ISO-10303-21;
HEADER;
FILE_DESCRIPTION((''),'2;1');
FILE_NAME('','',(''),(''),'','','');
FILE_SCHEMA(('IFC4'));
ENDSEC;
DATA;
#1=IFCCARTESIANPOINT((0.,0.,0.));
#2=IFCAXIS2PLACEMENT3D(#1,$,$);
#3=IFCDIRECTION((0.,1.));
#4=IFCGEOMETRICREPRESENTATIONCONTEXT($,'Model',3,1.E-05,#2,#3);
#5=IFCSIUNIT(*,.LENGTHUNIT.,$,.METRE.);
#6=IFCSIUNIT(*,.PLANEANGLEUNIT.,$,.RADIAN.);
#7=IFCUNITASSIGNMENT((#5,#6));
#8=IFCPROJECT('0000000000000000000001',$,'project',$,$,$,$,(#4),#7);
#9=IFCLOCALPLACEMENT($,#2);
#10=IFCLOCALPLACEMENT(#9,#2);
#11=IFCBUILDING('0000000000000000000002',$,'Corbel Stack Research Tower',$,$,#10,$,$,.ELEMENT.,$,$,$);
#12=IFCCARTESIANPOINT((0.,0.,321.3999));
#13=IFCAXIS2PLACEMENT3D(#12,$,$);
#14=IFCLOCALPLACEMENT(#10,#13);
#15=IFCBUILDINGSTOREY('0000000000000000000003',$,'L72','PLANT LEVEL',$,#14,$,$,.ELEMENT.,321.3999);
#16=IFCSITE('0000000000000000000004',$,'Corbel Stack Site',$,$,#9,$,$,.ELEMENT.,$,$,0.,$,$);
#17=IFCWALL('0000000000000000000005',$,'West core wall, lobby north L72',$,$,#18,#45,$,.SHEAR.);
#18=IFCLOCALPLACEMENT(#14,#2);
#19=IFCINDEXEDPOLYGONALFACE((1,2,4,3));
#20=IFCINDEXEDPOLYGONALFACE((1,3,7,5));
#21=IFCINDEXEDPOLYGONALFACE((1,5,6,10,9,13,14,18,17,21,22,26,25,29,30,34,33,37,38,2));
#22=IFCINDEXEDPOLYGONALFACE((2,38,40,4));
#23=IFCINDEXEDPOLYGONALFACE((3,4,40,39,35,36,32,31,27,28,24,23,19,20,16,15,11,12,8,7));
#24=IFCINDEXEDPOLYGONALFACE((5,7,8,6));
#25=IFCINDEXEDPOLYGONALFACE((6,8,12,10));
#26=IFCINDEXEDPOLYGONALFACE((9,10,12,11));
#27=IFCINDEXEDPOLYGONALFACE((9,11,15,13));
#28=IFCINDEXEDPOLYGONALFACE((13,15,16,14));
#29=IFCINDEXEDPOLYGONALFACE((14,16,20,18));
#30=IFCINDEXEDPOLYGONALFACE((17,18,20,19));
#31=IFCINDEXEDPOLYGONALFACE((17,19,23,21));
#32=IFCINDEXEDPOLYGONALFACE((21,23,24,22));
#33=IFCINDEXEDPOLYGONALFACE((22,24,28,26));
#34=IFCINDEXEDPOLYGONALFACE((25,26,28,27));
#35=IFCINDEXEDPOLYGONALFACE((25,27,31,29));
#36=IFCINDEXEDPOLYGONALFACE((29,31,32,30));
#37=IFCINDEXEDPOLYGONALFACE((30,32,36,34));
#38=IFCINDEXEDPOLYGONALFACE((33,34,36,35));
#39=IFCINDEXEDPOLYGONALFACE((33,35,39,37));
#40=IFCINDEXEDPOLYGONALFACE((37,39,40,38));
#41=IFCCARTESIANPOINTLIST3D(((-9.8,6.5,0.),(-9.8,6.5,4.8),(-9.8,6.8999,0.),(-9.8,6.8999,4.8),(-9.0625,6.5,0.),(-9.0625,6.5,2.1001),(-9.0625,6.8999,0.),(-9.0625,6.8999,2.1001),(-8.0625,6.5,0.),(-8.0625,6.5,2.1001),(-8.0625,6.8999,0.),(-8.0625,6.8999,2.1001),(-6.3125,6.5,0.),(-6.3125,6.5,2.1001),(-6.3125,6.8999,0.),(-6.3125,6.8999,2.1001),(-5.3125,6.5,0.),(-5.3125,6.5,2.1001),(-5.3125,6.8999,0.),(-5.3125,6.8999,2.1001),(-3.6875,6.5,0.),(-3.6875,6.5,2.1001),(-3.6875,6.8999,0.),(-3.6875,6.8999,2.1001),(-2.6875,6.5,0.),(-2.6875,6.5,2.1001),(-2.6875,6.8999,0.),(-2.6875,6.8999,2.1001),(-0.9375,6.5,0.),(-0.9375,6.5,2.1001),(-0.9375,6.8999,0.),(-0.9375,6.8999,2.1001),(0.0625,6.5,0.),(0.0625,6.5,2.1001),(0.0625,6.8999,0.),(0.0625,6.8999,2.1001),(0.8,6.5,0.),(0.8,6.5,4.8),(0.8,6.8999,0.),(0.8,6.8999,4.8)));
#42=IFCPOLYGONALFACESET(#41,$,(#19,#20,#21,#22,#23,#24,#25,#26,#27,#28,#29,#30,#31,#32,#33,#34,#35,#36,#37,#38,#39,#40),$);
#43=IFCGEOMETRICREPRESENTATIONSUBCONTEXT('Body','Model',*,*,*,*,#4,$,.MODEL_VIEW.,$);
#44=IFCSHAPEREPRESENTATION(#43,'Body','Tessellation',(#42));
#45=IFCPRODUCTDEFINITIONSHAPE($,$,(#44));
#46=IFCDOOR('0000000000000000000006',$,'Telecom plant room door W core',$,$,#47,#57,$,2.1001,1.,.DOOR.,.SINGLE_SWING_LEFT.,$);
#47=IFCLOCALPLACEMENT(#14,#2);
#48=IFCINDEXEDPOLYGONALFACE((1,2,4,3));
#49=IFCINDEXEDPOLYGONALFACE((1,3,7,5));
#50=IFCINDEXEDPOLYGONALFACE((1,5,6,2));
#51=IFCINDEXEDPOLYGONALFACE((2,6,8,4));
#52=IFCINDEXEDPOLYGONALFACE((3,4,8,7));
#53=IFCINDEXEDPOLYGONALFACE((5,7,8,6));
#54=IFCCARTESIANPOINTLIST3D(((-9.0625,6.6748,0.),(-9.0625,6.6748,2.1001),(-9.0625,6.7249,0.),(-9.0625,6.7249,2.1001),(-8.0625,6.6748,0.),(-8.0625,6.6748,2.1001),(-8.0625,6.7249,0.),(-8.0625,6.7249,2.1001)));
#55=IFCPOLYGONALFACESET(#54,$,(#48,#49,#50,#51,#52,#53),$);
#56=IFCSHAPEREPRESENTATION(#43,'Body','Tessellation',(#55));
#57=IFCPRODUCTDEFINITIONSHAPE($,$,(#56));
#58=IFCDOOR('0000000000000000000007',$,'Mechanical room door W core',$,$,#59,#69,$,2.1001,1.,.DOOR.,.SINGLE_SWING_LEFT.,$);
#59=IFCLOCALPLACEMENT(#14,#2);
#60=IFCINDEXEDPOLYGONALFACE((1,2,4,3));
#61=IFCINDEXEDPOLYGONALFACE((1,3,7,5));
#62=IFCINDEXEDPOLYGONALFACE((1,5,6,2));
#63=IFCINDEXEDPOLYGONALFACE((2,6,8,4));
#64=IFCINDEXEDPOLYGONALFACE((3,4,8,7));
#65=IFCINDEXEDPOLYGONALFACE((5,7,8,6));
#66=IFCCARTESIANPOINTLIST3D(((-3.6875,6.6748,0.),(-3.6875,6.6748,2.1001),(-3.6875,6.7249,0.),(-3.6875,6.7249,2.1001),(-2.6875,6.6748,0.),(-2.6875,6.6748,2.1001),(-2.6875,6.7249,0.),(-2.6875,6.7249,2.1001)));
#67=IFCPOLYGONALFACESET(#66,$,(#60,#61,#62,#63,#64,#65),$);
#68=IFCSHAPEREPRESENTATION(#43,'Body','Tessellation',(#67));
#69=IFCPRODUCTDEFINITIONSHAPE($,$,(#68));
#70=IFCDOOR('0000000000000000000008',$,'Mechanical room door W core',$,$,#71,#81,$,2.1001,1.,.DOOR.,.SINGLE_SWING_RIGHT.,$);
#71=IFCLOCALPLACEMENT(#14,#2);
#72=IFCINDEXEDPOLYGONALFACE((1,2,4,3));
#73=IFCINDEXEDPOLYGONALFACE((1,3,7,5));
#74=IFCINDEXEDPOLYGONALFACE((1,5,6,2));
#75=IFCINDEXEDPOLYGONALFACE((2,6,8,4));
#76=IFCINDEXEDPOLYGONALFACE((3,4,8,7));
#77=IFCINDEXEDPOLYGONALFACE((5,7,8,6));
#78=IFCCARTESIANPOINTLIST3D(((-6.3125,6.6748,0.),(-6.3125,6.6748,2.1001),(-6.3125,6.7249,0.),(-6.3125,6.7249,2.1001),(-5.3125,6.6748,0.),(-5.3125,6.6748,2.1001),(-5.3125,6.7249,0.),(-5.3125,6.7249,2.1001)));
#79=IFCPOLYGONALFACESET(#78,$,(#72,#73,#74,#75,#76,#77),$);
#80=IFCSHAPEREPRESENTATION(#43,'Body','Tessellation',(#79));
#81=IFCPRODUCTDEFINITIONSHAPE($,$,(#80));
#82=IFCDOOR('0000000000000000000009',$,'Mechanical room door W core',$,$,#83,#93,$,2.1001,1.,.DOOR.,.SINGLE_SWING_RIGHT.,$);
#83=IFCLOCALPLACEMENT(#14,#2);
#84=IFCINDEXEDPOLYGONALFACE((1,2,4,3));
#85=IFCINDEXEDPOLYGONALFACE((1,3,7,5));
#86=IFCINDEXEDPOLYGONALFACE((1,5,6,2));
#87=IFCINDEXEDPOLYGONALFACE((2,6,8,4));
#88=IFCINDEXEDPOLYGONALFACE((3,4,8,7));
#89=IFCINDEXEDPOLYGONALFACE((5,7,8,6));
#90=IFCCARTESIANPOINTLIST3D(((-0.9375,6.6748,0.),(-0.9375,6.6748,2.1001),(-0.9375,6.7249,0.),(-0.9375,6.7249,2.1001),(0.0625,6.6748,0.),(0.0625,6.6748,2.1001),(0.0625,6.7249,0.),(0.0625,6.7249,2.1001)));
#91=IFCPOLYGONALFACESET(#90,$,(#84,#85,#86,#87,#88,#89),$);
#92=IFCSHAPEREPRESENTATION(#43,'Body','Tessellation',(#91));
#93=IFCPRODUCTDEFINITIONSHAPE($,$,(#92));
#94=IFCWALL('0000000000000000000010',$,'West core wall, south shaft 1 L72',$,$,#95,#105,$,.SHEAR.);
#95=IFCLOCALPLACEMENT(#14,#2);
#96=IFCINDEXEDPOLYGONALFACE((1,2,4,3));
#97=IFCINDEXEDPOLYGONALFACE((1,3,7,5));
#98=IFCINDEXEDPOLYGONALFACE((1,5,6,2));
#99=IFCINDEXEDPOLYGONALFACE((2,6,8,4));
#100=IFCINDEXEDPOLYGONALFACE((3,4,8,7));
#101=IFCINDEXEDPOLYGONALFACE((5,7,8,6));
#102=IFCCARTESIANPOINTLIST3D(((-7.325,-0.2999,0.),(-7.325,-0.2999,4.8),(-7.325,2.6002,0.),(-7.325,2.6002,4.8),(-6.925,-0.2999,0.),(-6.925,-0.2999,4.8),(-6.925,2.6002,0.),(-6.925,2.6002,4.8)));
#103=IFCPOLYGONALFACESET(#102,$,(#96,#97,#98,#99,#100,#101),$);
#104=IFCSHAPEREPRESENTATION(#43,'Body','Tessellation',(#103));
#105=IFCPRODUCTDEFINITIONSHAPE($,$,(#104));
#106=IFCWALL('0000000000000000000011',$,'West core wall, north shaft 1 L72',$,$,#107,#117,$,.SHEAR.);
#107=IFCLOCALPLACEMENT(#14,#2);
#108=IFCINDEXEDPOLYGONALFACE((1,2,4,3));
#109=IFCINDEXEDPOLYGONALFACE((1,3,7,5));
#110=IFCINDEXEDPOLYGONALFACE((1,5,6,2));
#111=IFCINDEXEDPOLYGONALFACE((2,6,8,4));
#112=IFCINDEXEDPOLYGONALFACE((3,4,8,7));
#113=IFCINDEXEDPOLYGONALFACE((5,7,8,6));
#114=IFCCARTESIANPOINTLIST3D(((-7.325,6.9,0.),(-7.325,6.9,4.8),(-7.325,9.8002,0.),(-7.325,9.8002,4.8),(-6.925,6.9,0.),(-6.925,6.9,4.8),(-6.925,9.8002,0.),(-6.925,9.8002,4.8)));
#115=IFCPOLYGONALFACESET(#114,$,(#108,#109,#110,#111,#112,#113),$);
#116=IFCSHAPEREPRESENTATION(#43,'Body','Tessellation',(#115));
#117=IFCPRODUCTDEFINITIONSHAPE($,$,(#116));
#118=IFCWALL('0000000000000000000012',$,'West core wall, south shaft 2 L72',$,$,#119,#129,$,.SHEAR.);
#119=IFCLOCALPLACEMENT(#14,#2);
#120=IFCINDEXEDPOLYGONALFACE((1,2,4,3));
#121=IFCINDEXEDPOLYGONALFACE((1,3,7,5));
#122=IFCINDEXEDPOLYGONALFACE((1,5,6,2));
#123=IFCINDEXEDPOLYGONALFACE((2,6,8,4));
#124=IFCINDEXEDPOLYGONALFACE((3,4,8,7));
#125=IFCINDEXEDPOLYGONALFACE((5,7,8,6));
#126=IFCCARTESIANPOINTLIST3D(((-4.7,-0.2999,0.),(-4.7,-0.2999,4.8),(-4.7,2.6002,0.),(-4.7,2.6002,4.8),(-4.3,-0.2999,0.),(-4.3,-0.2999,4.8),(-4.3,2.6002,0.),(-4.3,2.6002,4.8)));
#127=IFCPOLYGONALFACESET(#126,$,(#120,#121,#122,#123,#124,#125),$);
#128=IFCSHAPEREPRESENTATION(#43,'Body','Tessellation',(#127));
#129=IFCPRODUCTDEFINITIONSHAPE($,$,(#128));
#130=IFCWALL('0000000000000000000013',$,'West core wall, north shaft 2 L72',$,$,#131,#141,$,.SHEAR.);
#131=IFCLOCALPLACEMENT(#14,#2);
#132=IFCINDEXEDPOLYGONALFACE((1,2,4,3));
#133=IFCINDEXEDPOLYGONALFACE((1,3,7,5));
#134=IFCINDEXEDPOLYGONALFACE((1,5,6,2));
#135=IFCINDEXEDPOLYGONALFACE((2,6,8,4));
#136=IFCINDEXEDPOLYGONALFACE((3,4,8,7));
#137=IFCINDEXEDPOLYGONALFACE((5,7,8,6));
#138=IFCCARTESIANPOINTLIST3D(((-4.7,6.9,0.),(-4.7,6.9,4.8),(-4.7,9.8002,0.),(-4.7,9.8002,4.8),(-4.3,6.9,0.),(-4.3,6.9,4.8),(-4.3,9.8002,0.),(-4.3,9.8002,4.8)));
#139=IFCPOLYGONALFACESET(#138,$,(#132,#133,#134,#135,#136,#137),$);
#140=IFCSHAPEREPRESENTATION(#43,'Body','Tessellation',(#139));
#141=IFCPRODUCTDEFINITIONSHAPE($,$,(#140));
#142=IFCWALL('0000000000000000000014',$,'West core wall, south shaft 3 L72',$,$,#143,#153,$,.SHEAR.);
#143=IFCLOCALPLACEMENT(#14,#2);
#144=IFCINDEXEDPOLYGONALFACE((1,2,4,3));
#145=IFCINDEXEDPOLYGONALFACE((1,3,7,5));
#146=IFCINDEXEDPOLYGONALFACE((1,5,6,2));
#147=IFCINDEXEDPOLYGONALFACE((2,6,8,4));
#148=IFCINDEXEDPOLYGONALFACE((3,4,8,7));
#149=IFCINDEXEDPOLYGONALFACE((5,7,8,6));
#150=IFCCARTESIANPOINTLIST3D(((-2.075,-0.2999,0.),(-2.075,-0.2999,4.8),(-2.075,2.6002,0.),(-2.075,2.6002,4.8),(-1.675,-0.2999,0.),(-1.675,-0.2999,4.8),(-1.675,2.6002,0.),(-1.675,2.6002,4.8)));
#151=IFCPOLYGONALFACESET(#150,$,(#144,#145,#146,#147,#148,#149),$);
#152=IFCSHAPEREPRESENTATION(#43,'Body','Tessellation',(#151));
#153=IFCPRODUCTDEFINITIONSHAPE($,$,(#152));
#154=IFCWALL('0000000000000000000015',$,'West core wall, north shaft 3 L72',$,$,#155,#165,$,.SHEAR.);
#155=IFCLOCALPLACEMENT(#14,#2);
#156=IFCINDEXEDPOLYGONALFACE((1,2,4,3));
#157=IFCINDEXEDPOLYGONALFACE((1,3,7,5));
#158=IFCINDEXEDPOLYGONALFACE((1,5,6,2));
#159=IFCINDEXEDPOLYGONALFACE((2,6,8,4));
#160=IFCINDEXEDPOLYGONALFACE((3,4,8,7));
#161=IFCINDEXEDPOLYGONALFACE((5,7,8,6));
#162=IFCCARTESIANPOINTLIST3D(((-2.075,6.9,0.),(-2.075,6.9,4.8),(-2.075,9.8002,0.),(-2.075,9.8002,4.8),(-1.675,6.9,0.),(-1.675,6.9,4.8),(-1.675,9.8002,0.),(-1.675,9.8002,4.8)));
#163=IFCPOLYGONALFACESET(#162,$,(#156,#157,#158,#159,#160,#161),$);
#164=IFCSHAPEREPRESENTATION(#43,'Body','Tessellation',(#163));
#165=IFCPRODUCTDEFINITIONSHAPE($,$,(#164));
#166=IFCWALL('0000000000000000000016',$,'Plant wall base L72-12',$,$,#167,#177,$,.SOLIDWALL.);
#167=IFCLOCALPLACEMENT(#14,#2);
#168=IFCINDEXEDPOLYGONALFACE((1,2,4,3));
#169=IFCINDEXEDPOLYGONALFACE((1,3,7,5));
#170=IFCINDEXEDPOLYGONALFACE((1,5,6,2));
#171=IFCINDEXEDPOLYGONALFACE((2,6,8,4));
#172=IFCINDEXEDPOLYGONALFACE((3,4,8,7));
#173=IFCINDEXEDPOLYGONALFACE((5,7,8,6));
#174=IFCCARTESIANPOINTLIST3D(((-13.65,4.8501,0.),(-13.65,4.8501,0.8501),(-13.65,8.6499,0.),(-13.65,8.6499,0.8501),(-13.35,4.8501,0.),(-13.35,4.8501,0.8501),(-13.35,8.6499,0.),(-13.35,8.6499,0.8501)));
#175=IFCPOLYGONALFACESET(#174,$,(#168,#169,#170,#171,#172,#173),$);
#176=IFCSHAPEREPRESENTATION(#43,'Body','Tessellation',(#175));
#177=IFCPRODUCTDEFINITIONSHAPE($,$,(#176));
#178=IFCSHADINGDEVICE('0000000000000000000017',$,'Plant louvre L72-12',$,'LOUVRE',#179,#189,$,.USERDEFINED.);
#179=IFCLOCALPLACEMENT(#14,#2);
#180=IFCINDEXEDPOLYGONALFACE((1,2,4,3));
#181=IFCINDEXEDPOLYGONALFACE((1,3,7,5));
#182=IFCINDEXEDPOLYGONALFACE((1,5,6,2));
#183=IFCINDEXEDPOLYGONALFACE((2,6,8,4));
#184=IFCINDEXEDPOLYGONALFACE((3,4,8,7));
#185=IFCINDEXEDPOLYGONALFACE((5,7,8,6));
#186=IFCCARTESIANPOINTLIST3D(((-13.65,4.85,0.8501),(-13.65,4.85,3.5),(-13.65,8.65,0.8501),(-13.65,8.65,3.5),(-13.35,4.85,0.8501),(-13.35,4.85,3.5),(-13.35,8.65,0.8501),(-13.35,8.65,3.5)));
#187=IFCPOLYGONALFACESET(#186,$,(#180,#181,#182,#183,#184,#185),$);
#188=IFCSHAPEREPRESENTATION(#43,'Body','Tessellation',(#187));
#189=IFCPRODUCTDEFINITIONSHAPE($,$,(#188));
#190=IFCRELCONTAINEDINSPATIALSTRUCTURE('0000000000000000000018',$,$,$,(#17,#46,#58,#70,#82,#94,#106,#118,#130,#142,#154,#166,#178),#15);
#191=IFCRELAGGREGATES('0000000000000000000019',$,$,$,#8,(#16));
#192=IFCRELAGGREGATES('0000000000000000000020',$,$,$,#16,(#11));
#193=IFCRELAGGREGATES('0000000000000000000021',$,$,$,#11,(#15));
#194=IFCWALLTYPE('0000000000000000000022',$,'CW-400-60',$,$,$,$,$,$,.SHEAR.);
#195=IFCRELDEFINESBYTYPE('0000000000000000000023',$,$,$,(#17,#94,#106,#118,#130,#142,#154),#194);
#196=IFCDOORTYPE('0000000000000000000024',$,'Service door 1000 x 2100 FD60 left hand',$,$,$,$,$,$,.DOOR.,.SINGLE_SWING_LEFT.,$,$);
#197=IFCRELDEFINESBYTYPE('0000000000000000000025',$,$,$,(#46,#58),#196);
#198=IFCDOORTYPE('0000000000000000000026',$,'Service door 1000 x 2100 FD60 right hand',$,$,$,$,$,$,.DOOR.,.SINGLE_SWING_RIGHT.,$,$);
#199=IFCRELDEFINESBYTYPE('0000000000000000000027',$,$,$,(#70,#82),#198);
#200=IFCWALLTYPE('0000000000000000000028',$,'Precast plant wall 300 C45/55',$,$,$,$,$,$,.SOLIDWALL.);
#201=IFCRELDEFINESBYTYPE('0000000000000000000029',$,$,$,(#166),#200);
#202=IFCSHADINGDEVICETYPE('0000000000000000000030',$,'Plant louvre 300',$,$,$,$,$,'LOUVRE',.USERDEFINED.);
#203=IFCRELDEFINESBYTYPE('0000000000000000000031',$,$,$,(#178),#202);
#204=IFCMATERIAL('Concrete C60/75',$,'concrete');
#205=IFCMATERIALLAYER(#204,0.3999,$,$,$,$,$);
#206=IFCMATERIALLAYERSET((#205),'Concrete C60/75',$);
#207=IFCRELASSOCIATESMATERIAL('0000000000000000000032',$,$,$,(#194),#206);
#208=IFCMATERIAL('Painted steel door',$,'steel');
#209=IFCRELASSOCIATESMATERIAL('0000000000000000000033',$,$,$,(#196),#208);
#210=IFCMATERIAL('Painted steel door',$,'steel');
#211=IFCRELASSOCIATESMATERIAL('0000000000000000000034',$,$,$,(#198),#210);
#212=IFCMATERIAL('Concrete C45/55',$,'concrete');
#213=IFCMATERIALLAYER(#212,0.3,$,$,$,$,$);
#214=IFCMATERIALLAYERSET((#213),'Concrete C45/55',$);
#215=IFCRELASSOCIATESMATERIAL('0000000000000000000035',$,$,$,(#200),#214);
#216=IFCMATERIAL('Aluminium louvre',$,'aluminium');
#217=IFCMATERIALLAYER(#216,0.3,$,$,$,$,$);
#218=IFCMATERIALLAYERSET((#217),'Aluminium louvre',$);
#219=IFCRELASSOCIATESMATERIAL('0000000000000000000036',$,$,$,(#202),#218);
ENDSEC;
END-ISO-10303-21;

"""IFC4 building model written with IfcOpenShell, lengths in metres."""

from ifc_helpers import new_model, si_unit, direction, frame, frame_2d, origin, origin_2d, place, context, subcontext, project, spatial, rectangle, extrude, material, layer, layer_set, type_object, element, fill, save


model = new_model("IFC4")

# Units and contexts
model_context = context("Model", 3, precision=1e-05, world=origin(), true_north=direction((0.0, 1.0)))
body_context = subcontext(model_context, "Body", "Model", "MODEL_VIEW")
ifc_project = project(units=[si_unit("LENGTHUNIT", "METRE"), si_unit("PLANEANGLEUNIT", "RADIAN")], contexts=[model_context])

# Site, building, storey
site_placement = place(None, origin())
site = spatial("IfcSite", under=ifc_project, at=site_placement, Name="Corbel Stack Site", CompositionType="ELEMENT", RefElevation=0.0)
building_placement = place(site_placement, origin())
building = spatial("IfcBuilding", under=site, at=building_placement, Name="Corbel Stack Research Tower", CompositionType="ELEMENT")
storey_placement = place(building_placement, frame((0.0, 0.0, 321.3999)))
storey = spatial("IfcBuildingStorey", under=building, at=storey_placement, Name="L72", Description="PLANT LEVEL", CompositionType="ELEMENT", Elevation=321.3999)

# Shared definitions
ifc_material_1 = material(Name="Concrete C60/75", Category="concrete")
ifc_layer_1 = layer(ifc_material_1, 0.3999)
ifc_layer_set_1 = layer_set([ifc_layer_1], Name="Concrete C60/75")
wall_type_1 = type_object("IfcWallType", Name="CW-400-60", PredefinedType="SHEAR", material=ifc_layer_set_1)

# Wall, openings, doors
ifc_material_2 = material(Name="Painted steel door", Category="steel")
door_type_1 = type_object("IfcDoorType", Name="Service door 1000 x 2100 FD60 left hand", OperationType="SINGLE_SWING_LEFT", PredefinedType="DOOR", material=ifc_material_2)
ifc_material_3 = material(Name="Painted steel door", Category="steel")
door_type_2 = type_object("IfcDoorType", Name="Service door 1000 x 2100 FD60 right hand", OperationType="SINGLE_SWING_RIGHT", PredefinedType="DOOR", material=ifc_material_3)
wall_1_placement = place(storey_placement, frame((-9.8, 6.7, 0.0), z_axis=(0.0, 0.0, 1.0), x_axis=(1.0, 0.0, 0.0)))
wall_1 = element("IfcWall", 1, at=wall_1_placement, inside=storey, type_object=wall_type_1, Name="West core wall, lobby north L72", PredefinedType="SHEAR", context=body_context, shape_type="SweptSolid", body=[
    extrude(rectangle(XDim=10.6001, YDim=0.3999, at=frame_2d((5.3, 0.0))), origin(), (0.0, 0.0, 1.0), 4.8),
])
opening_1_placement = place(wall_1_placement, frame((0.7375, 0.0, 0.0)))
opening_1 = element("IfcOpeningElement", 2, at=opening_1_placement, cuts=wall_1, PredefinedType="OPENING", context=body_context, shape_type="SweptSolid", body=[
    extrude(rectangle(XDim=1.0, YDim=2.1001, at=frame_2d((0.5, 1.05))), frame((0.0, 0.21, 0.0), z_axis=(0.0, -1.0, 0.0), x_axis=(1.0, 0.0, 0.0)), (0.0, 0.0, 1.0), 0.4199),
])
opening_2_placement = place(wall_1_placement, frame((3.4875, 0.0, 0.0)))
opening_2 = element("IfcOpeningElement", 3, at=opening_2_placement, cuts=wall_1, PredefinedType="OPENING", context=body_context, shape_type="SweptSolid", body=[
    extrude(rectangle(XDim=1.0, YDim=2.1001, at=frame_2d((0.5, 1.05))), frame((0.0, 0.21, 0.0), z_axis=(0.0, -1.0, 0.0), x_axis=(1.0, 0.0, 0.0)), (0.0, 0.0, 1.0), 0.4199),
])
opening_3_placement = place(wall_1_placement, frame((6.1125, 0.0, 0.0)))
opening_3 = element("IfcOpeningElement", 4, at=opening_3_placement, cuts=wall_1, PredefinedType="OPENING", context=body_context, shape_type="SweptSolid", body=[
    extrude(rectangle(XDim=1.0, YDim=2.1001, at=frame_2d((0.5, 1.05))), frame((0.0, 0.21, 0.0), z_axis=(0.0, -1.0, 0.0), x_axis=(1.0, 0.0, 0.0)), (0.0, 0.0, 1.0), 0.4199),
])
opening_4_placement = place(wall_1_placement, frame((8.8625, 0.0, 0.0)))
opening_4 = element("IfcOpeningElement", 5, at=opening_4_placement, cuts=wall_1, PredefinedType="OPENING", context=body_context, shape_type="SweptSolid", body=[
    extrude(rectangle(XDim=1.0, YDim=2.1001, at=frame_2d((0.5, 1.05))), frame((0.0, 0.21, 0.0), z_axis=(0.0, -1.0, 0.0), x_axis=(1.0, 0.0, 0.0)), (0.0, 0.0, 1.0), 0.4199),
])
door_1_placement = place(opening_1_placement, origin())
door_1 = element("IfcDoor", 6, at=door_1_placement, inside=storey, type_object=door_type_1, Name="Telecom plant room door W core", OperationType="SINGLE_SWING_LEFT", OverallHeight=2.1001, OverallWidth=1.0, PredefinedType="DOOR", context=body_context, shape_type="SweptSolid", body=[
    extrude(rectangle(XDim=1.0, YDim=2.1001, at=frame_2d((0.5, 1.05))), frame((0.0, 0.0249, 0.0), z_axis=(0.0, -1.0, 0.0), x_axis=(1.0, 0.0, 0.0)), (0.0, 0.0, 1.0), 0.05),
])
fill(opening_1, door_1)
door_2_placement = place(opening_3_placement, origin())
door_2 = element("IfcDoor", 7, at=door_2_placement, inside=storey, type_object=door_type_1, Name="Mechanical room door W core", OperationType="SINGLE_SWING_LEFT", OverallHeight=2.1001, OverallWidth=1.0, PredefinedType="DOOR", context=body_context, shape_type="SweptSolid", body=[
    extrude(rectangle(XDim=1.0, YDim=2.1001, at=frame_2d((0.5, 1.05))), frame((0.0, 0.0249, 0.0), z_axis=(0.0, -1.0, 0.0), x_axis=(1.0, 0.0, 0.0)), (0.0, 0.0, 1.0), 0.05),
])
fill(opening_3, door_2)
door_3_placement = place(opening_2_placement, origin())
door_3 = element("IfcDoor", 8, at=door_3_placement, inside=storey, type_object=door_type_2, Name="Mechanical room door W core", OperationType="SINGLE_SWING_RIGHT", OverallHeight=2.1001, OverallWidth=1.0, PredefinedType="DOOR", context=body_context, shape_type="SweptSolid", body=[
    extrude(rectangle(XDim=1.0, YDim=2.1001, at=frame_2d((0.5, 1.05))), frame((0.0, 0.0249, 0.0), z_axis=(0.0, -1.0, 0.0), x_axis=(1.0, 0.0, 0.0)), (0.0, 0.0, 1.0), 0.05),
])
fill(opening_2, door_3)
door_4_placement = place(opening_4_placement, origin())
door_4 = element("IfcDoor", 9, at=door_4_placement, inside=storey, type_object=door_type_2, Name="Mechanical room door W core", OperationType="SINGLE_SWING_RIGHT", OverallHeight=2.1001, OverallWidth=1.0, PredefinedType="DOOR", context=body_context, shape_type="SweptSolid", body=[
    extrude(rectangle(XDim=1.0, YDim=2.1001, at=frame_2d((0.5, 1.05))), frame((0.0, 0.0249, 0.0), z_axis=(0.0, -1.0, 0.0), x_axis=(1.0, 0.0, 0.0)), (0.0, 0.0, 1.0), 0.05),
])
fill(opening_4, door_4)

# Walls
for number, where, z_axis, x_axis, name in (
    (10, (-7.125, -0.3, 0.0), (0.0, 0.0, 1.0), (0.0, 1.0, 0.0), "West core wall, south shaft 1 L72"),
    (11, (-7.125, 6.8999, 0.0), (0.0, 0.0, 1.0), (0.0, 1.0, 0.0), "West core wall, north shaft 1 L72"),
    (12, (-4.5, -0.3, 0.0), (0.0, 0.0, 1.0), (0.0, 1.0, 0.0), "West core wall, south shaft 2 L72"),
    (13, (-4.5, 6.8999, 0.0), (0.0, 0.0, 1.0), (0.0, 1.0, 0.0), "West core wall, north shaft 2 L72"),
    (14, (-1.875, -0.3, 0.0), (0.0, 0.0, 1.0), (0.0, 1.0, 0.0), "West core wall, south shaft 3 L72"),
    (15, (-1.875, 6.8999, 0.0), (0.0, 0.0, 1.0), (0.0, 1.0, 0.0), "West core wall, north shaft 3 L72"),
):
    element("IfcWall", number, at=place(storey_placement, frame(where, z_axis=z_axis, x_axis=x_axis)), inside=storey, type_object=wall_type_1, Name=name, PredefinedType="SHEAR", context=body_context, shape_type="SweptSolid", body=[
        extrude(rectangle(XDim=2.9001, YDim=0.3999, at=frame_2d((1.4502, 0.0))), origin(), (0.0, 0.0, 1.0), 4.8),
    ])
ifc_material_4 = material(Name="Concrete C45/55", Category="concrete")
ifc_layer_2 = layer(ifc_material_4, 0.3)
ifc_layer_set_2 = layer_set([ifc_layer_2], Name="Concrete C45/55")
wall_type_2 = type_object("IfcWallType", Name="Precast plant wall 300 C45/55", PredefinedType="SOLIDWALL", material=ifc_layer_set_2)
wall_2_placement = place(storey_placement, frame((-13.5, 8.6499, 0.0), z_axis=(0.0, 0.0, 1.0), x_axis=(0.0, -1.0, 0.0)))
element("IfcWall", 16, at=wall_2_placement, inside=storey, type_object=wall_type_2, Name="Plant wall base L72-12", PredefinedType="SOLIDWALL", context=body_context, shape_type="SweptSolid", body=[
    extrude(rectangle(XDim=3.7998, YDim=0.3, at=frame_2d((1.8999, 0.0))), origin(), (0.0, 0.0, 1.0), 0.8501),
])

# Shading device
ifc_material_5 = material(Name="Aluminium louvre", Category="aluminium")
ifc_layer_3 = layer(ifc_material_5, 0.3)
ifc_layer_set_3 = layer_set([ifc_layer_3], Name="Aluminium louvre")
shading_device_type = type_object("IfcShadingDeviceType", Name="Plant louvre 300", ElementType="LOUVRE", PredefinedType="USERDEFINED", material=ifc_layer_set_3)
shading_device_placement = place(storey_placement, frame((-13.5, 6.75, 0.8501), z_axis=(0.0, 0.0, 1.0), x_axis=(0.0, -1.0, 0.0)))
element("IfcShadingDevice", 17, at=shading_device_placement, inside=storey, type_object=shading_device_type, Name="Plant louvre L72-12", ObjectType="LOUVRE", PredefinedType="USERDEFINED", context=body_context, shape_type="SweptSolid", body=[
    extrude(rectangle(XDim=3.8, YDim=0.3, at=origin_2d()), origin(), (0.0, 0.0, 1.0), 2.6499),
])

save(model, "model.ifc")
